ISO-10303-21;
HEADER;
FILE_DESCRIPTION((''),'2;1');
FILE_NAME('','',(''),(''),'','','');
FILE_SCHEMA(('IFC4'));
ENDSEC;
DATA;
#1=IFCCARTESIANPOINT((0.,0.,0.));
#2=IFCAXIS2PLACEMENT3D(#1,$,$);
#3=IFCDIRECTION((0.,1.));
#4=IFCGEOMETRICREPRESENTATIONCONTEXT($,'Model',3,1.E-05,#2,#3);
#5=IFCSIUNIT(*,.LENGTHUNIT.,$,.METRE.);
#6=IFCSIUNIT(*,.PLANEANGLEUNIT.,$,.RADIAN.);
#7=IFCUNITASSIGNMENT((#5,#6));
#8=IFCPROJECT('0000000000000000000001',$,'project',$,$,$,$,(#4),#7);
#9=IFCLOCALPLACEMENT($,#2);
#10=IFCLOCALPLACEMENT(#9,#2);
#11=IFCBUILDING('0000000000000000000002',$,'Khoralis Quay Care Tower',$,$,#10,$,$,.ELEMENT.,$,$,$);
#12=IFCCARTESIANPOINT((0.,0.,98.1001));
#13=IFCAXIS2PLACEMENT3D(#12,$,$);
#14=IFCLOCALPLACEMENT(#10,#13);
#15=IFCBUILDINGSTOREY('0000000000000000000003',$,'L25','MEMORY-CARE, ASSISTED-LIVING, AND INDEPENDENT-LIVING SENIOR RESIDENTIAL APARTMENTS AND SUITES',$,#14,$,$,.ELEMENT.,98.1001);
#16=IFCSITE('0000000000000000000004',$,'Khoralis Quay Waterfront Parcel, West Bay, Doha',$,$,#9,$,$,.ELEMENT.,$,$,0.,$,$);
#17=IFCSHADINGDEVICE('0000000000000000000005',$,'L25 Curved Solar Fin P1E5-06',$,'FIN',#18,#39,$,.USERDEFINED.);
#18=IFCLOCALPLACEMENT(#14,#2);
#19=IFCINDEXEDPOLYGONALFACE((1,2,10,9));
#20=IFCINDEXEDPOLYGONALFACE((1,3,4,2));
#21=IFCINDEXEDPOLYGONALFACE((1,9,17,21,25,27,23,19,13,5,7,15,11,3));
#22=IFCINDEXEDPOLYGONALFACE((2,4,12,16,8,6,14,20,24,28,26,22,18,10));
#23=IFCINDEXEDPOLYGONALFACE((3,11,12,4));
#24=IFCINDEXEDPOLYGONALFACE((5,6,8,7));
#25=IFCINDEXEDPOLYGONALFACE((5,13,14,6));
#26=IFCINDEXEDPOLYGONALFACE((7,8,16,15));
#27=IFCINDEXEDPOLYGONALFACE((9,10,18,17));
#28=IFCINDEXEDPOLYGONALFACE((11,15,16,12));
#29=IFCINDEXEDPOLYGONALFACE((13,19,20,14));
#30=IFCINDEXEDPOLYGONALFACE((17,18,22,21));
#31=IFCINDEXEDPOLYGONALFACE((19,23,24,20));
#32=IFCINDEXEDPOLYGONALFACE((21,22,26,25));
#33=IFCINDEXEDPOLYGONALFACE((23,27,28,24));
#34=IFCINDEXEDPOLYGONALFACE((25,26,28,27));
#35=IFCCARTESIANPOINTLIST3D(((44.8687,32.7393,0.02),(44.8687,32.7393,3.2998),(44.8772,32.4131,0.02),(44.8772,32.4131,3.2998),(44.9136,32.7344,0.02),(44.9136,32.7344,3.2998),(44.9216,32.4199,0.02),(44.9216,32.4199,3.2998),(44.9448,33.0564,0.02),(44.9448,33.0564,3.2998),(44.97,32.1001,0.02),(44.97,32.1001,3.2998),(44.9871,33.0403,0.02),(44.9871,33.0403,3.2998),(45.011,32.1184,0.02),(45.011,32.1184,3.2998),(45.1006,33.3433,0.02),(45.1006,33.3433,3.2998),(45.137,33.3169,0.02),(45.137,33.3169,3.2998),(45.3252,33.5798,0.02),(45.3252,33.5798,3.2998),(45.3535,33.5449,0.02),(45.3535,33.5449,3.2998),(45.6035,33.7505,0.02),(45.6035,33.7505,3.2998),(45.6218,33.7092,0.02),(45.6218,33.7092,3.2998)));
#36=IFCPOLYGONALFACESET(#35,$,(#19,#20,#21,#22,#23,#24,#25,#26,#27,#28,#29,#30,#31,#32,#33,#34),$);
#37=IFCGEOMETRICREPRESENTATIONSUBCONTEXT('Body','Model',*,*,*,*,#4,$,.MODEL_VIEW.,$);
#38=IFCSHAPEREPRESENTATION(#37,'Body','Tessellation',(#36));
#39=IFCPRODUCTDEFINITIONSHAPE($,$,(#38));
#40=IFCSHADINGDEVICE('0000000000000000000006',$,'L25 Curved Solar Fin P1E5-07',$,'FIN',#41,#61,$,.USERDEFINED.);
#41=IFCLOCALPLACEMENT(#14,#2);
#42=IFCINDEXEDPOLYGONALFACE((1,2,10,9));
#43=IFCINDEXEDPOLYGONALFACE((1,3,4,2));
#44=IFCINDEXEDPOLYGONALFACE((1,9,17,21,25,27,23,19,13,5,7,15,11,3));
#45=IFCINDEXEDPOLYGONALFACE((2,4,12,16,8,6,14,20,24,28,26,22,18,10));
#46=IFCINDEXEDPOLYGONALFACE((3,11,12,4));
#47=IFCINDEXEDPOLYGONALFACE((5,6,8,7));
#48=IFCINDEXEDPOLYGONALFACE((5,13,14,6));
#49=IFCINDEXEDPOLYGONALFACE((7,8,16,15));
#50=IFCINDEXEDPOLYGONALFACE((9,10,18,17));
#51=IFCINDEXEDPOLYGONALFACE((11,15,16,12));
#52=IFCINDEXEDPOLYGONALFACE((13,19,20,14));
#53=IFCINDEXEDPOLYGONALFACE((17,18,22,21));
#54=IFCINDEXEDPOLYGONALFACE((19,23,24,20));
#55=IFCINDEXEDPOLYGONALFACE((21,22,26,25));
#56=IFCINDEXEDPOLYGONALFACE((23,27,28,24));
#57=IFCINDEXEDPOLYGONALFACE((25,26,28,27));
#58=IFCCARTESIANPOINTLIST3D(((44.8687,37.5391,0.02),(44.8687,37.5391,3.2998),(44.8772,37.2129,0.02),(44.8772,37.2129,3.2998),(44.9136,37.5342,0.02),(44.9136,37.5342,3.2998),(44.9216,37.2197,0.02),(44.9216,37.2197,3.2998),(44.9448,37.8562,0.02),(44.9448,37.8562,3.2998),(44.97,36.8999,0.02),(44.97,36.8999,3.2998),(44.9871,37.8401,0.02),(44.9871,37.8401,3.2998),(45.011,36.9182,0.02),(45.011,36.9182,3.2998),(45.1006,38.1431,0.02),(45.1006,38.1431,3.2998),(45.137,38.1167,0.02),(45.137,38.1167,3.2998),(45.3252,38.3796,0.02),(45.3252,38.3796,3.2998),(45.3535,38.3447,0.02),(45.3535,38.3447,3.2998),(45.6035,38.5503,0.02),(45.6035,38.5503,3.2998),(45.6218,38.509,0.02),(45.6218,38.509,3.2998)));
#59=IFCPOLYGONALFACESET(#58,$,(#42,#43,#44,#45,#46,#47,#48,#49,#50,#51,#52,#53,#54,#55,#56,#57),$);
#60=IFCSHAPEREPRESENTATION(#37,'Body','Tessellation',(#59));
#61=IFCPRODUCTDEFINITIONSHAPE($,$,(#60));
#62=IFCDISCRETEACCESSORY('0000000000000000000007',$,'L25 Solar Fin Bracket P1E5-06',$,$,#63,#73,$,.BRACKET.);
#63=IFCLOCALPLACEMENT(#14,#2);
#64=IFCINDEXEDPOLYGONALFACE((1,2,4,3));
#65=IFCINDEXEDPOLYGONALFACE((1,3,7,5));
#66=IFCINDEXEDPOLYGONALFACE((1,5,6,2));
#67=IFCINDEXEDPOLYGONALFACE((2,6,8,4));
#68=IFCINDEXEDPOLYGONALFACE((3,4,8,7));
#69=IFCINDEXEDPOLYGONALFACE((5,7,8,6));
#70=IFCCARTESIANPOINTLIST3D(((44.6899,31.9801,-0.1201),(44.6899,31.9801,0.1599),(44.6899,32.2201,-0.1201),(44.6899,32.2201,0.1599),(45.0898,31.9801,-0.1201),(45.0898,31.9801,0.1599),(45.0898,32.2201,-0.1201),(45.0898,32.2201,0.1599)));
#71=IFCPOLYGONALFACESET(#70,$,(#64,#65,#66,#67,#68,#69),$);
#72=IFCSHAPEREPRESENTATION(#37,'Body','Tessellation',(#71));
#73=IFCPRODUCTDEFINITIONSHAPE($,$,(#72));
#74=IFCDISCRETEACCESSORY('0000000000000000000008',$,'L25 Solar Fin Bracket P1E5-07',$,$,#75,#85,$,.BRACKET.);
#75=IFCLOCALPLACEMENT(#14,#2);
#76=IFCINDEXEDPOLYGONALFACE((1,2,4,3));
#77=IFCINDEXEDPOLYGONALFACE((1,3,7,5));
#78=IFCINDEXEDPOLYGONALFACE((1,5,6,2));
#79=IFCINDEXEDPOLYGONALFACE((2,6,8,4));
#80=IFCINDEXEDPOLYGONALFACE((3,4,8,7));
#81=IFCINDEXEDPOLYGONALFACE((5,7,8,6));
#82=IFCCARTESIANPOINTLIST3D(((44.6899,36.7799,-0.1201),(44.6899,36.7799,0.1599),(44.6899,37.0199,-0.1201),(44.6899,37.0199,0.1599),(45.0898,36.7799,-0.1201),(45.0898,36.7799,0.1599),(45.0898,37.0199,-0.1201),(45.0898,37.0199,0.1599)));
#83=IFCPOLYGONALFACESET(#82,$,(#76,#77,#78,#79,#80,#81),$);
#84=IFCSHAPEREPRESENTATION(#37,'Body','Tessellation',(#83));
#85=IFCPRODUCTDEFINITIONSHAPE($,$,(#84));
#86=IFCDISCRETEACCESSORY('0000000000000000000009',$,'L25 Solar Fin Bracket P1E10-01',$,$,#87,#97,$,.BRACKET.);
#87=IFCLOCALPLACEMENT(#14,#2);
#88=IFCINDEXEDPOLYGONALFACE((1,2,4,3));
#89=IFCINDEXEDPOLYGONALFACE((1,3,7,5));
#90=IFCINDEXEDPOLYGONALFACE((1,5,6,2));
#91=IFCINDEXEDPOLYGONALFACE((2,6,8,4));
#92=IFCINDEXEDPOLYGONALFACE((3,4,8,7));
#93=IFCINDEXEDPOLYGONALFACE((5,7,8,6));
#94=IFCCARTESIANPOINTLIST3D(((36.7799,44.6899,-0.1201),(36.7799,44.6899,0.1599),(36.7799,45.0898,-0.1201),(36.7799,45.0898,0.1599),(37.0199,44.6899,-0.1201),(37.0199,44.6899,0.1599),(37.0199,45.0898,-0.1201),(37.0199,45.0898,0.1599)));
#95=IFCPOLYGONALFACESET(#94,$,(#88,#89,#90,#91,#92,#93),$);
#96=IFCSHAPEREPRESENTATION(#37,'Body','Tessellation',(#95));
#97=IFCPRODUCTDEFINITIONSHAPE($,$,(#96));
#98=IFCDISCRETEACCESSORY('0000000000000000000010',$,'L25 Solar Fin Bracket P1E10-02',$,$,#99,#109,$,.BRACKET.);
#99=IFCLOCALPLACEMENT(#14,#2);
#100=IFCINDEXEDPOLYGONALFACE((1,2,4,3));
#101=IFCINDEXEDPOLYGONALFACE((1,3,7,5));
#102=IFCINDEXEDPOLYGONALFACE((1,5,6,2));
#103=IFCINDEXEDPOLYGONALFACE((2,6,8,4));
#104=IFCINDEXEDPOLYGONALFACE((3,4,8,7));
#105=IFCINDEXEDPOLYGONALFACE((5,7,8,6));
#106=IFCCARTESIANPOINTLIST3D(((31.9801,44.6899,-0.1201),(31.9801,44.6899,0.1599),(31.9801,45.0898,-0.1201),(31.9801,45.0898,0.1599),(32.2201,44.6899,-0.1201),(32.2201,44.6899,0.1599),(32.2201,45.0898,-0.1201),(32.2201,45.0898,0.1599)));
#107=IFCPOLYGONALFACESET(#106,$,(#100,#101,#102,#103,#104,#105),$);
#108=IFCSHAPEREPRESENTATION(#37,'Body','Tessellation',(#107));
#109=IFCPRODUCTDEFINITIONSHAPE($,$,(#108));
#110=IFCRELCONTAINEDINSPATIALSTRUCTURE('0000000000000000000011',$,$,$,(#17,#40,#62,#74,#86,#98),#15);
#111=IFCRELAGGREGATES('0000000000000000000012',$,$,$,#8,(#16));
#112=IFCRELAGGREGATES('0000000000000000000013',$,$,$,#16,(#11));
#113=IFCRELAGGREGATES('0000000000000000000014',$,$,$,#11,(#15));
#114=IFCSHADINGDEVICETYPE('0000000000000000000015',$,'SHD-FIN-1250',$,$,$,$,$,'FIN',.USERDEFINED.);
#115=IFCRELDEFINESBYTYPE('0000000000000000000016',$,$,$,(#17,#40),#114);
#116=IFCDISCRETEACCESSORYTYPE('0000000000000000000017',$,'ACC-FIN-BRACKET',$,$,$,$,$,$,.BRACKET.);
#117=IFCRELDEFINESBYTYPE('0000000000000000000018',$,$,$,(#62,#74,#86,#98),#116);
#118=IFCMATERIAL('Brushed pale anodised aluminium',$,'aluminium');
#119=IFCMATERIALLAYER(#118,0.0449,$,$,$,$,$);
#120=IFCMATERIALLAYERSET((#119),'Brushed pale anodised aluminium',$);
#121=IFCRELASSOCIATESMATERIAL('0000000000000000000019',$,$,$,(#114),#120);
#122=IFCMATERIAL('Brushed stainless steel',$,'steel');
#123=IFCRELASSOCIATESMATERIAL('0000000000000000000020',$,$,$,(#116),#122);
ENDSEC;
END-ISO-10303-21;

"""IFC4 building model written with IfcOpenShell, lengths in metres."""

from ifc_helpers import new_model, si_unit, direction, frame, origin, origin_2d, place, context, subcontext, project, spatial, polyline, rectangle, outline, extrude, source, transform, mapped, material, layer, layer_set, type_object, element, save


model = new_model("IFC4")

# Units and contexts
model_context = context("Model", 3, precision=1e-05, world=origin(), true_north=direction((0.0, 1.0)))
body_context = subcontext(model_context, "Body", "Model", "MODEL_VIEW")
ifc_project = project(units=[si_unit("LENGTHUNIT", "METRE"), si_unit("PLANEANGLEUNIT", "RADIAN")], contexts=[model_context])

# Site, building, storey
site_placement = place(None, origin())
site = spatial("IfcSite", under=ifc_project, at=site_placement, Name="Khoralis Quay Waterfront Parcel, West Bay, Doha", CompositionType="ELEMENT", RefElevation=0.0)
building_placement = place(site_placement, origin())
building = spatial("IfcBuilding", under=site, at=building_placement, Name="Khoralis Quay Care Tower", CompositionType="ELEMENT")
storey_placement = place(building_placement, frame((0.0, 0.0, 98.1001)))
storey = spatial("IfcBuildingStorey", under=building, at=storey_placement, Name="L25", Description="MEMORY-CARE, ASSISTED-LIVING, AND INDEPENDENT-LIVING SENIOR RESIDENTIAL APARTMENTS AND SUITES", CompositionType="ELEMENT", Elevation=98.1001)

# Shading devices
ifc_material_1 = material(Name="Brushed pale anodised aluminium", Category="aluminium")
ifc_layer_1 = layer(ifc_material_1, 0.0449)
ifc_layer_set_1 = layer_set([ifc_layer_1], Name="Brushed pale anodised aluminium")
shading_device_type = type_object("IfcShadingDeviceType", Name="SHD-FIN-1250", ElementType="FIN", PredefinedType="USERDEFINED", material=ifc_layer_set_1)
shared_shape_1 = source(origin(), body_context, "Body", "SweptSolid", [
    extrude(outline(polyline([(0.0, 0.0), (-0.0928, 0.313), (-0.1013, 0.6392), (-0.0251, 0.9563), (0.1306, 1.2432), (0.3552, 1.4797), (0.6335, 1.6504), (0.6519, 1.6091), (0.3835, 1.4448), (0.167, 1.2168), (0.0171, 0.9402), (-0.0564, 0.6343), (-0.0483, 0.3198), (0.041, 0.0183), (0.0, 0.0)])), origin(), (0.0, 0.0, 1.0), 3.2798),
])
for number, where, z_axis, x_axis, name in (
    (1, (44.97, 32.1001, 0.02), (0.0, 0.0, 1.0), (1.0, 0.0, 0.0), "L25 Curved Solar Fin P1E5-06"),
    (2, (44.97, 36.8999, 0.02), (0.0, 0.0, 1.0), (1.0, 0.0, 0.0), "L25 Curved Solar Fin P1E5-07"),
):
    element("IfcShadingDevice", number, at=place(storey_placement, frame(where, z_axis=z_axis, x_axis=x_axis)), inside=storey, type_object=shading_device_type, Name=name, ObjectType="FIN", PredefinedType="USERDEFINED", context=body_context, shape_type="MappedRepresentation", body=[
        mapped(shared_shape_1, transform((0.0, 0.0, 0.0), scale=1.0)),
    ])

# Discrete accessories
ifc_material_2 = material(Name="Brushed stainless steel", Category="steel")
discrete_accessory_type = type_object("IfcDiscreteAccessoryType", Name="ACC-FIN-BRACKET", PredefinedType="BRACKET", material=ifc_material_2)
shared_shape_2 = source(origin(), body_context, "Body", "SweptSolid", [
    extrude(rectangle(XDim=0.3999, YDim=0.24, at=origin_2d()), origin(), (0.0, 0.0, 1.0), 0.28),
])
for number, where, z_axis, x_axis, name in (
    (3, (44.8899, 32.1001, -0.1201), (0.0, 0.0, 1.0), (1.0, 0.0, 0.0), "L25 Solar Fin Bracket P1E5-06"),
    (4, (44.8899, 36.8999, -0.1201), (0.0, 0.0, 1.0), (1.0, 0.0, 0.0), "L25 Solar Fin Bracket P1E5-07"),
    (5, (36.8999, 44.8899, -0.1201), (0.0, 0.0, 1.0), (0.0, 1.0, 0.0), "L25 Solar Fin Bracket P1E10-01"),
    (6, (32.1001, 44.8899, -0.1201), (0.0, 0.0, 1.0), (0.0, 1.0, 0.0), "L25 Solar Fin Bracket P1E10-02"),
):
    element("IfcDiscreteAccessory", number, at=place(storey_placement, frame(where, z_axis=z_axis, x_axis=x_axis)), inside=storey, type_object=discrete_accessory_type, Name=name, PredefinedType="BRACKET", context=body_context, shape_type="MappedRepresentation", body=[
        mapped(shared_shape_2, transform((0.0, 0.0, 0.0), scale=1.0)),
    ])

save(model, "model.ifc")
